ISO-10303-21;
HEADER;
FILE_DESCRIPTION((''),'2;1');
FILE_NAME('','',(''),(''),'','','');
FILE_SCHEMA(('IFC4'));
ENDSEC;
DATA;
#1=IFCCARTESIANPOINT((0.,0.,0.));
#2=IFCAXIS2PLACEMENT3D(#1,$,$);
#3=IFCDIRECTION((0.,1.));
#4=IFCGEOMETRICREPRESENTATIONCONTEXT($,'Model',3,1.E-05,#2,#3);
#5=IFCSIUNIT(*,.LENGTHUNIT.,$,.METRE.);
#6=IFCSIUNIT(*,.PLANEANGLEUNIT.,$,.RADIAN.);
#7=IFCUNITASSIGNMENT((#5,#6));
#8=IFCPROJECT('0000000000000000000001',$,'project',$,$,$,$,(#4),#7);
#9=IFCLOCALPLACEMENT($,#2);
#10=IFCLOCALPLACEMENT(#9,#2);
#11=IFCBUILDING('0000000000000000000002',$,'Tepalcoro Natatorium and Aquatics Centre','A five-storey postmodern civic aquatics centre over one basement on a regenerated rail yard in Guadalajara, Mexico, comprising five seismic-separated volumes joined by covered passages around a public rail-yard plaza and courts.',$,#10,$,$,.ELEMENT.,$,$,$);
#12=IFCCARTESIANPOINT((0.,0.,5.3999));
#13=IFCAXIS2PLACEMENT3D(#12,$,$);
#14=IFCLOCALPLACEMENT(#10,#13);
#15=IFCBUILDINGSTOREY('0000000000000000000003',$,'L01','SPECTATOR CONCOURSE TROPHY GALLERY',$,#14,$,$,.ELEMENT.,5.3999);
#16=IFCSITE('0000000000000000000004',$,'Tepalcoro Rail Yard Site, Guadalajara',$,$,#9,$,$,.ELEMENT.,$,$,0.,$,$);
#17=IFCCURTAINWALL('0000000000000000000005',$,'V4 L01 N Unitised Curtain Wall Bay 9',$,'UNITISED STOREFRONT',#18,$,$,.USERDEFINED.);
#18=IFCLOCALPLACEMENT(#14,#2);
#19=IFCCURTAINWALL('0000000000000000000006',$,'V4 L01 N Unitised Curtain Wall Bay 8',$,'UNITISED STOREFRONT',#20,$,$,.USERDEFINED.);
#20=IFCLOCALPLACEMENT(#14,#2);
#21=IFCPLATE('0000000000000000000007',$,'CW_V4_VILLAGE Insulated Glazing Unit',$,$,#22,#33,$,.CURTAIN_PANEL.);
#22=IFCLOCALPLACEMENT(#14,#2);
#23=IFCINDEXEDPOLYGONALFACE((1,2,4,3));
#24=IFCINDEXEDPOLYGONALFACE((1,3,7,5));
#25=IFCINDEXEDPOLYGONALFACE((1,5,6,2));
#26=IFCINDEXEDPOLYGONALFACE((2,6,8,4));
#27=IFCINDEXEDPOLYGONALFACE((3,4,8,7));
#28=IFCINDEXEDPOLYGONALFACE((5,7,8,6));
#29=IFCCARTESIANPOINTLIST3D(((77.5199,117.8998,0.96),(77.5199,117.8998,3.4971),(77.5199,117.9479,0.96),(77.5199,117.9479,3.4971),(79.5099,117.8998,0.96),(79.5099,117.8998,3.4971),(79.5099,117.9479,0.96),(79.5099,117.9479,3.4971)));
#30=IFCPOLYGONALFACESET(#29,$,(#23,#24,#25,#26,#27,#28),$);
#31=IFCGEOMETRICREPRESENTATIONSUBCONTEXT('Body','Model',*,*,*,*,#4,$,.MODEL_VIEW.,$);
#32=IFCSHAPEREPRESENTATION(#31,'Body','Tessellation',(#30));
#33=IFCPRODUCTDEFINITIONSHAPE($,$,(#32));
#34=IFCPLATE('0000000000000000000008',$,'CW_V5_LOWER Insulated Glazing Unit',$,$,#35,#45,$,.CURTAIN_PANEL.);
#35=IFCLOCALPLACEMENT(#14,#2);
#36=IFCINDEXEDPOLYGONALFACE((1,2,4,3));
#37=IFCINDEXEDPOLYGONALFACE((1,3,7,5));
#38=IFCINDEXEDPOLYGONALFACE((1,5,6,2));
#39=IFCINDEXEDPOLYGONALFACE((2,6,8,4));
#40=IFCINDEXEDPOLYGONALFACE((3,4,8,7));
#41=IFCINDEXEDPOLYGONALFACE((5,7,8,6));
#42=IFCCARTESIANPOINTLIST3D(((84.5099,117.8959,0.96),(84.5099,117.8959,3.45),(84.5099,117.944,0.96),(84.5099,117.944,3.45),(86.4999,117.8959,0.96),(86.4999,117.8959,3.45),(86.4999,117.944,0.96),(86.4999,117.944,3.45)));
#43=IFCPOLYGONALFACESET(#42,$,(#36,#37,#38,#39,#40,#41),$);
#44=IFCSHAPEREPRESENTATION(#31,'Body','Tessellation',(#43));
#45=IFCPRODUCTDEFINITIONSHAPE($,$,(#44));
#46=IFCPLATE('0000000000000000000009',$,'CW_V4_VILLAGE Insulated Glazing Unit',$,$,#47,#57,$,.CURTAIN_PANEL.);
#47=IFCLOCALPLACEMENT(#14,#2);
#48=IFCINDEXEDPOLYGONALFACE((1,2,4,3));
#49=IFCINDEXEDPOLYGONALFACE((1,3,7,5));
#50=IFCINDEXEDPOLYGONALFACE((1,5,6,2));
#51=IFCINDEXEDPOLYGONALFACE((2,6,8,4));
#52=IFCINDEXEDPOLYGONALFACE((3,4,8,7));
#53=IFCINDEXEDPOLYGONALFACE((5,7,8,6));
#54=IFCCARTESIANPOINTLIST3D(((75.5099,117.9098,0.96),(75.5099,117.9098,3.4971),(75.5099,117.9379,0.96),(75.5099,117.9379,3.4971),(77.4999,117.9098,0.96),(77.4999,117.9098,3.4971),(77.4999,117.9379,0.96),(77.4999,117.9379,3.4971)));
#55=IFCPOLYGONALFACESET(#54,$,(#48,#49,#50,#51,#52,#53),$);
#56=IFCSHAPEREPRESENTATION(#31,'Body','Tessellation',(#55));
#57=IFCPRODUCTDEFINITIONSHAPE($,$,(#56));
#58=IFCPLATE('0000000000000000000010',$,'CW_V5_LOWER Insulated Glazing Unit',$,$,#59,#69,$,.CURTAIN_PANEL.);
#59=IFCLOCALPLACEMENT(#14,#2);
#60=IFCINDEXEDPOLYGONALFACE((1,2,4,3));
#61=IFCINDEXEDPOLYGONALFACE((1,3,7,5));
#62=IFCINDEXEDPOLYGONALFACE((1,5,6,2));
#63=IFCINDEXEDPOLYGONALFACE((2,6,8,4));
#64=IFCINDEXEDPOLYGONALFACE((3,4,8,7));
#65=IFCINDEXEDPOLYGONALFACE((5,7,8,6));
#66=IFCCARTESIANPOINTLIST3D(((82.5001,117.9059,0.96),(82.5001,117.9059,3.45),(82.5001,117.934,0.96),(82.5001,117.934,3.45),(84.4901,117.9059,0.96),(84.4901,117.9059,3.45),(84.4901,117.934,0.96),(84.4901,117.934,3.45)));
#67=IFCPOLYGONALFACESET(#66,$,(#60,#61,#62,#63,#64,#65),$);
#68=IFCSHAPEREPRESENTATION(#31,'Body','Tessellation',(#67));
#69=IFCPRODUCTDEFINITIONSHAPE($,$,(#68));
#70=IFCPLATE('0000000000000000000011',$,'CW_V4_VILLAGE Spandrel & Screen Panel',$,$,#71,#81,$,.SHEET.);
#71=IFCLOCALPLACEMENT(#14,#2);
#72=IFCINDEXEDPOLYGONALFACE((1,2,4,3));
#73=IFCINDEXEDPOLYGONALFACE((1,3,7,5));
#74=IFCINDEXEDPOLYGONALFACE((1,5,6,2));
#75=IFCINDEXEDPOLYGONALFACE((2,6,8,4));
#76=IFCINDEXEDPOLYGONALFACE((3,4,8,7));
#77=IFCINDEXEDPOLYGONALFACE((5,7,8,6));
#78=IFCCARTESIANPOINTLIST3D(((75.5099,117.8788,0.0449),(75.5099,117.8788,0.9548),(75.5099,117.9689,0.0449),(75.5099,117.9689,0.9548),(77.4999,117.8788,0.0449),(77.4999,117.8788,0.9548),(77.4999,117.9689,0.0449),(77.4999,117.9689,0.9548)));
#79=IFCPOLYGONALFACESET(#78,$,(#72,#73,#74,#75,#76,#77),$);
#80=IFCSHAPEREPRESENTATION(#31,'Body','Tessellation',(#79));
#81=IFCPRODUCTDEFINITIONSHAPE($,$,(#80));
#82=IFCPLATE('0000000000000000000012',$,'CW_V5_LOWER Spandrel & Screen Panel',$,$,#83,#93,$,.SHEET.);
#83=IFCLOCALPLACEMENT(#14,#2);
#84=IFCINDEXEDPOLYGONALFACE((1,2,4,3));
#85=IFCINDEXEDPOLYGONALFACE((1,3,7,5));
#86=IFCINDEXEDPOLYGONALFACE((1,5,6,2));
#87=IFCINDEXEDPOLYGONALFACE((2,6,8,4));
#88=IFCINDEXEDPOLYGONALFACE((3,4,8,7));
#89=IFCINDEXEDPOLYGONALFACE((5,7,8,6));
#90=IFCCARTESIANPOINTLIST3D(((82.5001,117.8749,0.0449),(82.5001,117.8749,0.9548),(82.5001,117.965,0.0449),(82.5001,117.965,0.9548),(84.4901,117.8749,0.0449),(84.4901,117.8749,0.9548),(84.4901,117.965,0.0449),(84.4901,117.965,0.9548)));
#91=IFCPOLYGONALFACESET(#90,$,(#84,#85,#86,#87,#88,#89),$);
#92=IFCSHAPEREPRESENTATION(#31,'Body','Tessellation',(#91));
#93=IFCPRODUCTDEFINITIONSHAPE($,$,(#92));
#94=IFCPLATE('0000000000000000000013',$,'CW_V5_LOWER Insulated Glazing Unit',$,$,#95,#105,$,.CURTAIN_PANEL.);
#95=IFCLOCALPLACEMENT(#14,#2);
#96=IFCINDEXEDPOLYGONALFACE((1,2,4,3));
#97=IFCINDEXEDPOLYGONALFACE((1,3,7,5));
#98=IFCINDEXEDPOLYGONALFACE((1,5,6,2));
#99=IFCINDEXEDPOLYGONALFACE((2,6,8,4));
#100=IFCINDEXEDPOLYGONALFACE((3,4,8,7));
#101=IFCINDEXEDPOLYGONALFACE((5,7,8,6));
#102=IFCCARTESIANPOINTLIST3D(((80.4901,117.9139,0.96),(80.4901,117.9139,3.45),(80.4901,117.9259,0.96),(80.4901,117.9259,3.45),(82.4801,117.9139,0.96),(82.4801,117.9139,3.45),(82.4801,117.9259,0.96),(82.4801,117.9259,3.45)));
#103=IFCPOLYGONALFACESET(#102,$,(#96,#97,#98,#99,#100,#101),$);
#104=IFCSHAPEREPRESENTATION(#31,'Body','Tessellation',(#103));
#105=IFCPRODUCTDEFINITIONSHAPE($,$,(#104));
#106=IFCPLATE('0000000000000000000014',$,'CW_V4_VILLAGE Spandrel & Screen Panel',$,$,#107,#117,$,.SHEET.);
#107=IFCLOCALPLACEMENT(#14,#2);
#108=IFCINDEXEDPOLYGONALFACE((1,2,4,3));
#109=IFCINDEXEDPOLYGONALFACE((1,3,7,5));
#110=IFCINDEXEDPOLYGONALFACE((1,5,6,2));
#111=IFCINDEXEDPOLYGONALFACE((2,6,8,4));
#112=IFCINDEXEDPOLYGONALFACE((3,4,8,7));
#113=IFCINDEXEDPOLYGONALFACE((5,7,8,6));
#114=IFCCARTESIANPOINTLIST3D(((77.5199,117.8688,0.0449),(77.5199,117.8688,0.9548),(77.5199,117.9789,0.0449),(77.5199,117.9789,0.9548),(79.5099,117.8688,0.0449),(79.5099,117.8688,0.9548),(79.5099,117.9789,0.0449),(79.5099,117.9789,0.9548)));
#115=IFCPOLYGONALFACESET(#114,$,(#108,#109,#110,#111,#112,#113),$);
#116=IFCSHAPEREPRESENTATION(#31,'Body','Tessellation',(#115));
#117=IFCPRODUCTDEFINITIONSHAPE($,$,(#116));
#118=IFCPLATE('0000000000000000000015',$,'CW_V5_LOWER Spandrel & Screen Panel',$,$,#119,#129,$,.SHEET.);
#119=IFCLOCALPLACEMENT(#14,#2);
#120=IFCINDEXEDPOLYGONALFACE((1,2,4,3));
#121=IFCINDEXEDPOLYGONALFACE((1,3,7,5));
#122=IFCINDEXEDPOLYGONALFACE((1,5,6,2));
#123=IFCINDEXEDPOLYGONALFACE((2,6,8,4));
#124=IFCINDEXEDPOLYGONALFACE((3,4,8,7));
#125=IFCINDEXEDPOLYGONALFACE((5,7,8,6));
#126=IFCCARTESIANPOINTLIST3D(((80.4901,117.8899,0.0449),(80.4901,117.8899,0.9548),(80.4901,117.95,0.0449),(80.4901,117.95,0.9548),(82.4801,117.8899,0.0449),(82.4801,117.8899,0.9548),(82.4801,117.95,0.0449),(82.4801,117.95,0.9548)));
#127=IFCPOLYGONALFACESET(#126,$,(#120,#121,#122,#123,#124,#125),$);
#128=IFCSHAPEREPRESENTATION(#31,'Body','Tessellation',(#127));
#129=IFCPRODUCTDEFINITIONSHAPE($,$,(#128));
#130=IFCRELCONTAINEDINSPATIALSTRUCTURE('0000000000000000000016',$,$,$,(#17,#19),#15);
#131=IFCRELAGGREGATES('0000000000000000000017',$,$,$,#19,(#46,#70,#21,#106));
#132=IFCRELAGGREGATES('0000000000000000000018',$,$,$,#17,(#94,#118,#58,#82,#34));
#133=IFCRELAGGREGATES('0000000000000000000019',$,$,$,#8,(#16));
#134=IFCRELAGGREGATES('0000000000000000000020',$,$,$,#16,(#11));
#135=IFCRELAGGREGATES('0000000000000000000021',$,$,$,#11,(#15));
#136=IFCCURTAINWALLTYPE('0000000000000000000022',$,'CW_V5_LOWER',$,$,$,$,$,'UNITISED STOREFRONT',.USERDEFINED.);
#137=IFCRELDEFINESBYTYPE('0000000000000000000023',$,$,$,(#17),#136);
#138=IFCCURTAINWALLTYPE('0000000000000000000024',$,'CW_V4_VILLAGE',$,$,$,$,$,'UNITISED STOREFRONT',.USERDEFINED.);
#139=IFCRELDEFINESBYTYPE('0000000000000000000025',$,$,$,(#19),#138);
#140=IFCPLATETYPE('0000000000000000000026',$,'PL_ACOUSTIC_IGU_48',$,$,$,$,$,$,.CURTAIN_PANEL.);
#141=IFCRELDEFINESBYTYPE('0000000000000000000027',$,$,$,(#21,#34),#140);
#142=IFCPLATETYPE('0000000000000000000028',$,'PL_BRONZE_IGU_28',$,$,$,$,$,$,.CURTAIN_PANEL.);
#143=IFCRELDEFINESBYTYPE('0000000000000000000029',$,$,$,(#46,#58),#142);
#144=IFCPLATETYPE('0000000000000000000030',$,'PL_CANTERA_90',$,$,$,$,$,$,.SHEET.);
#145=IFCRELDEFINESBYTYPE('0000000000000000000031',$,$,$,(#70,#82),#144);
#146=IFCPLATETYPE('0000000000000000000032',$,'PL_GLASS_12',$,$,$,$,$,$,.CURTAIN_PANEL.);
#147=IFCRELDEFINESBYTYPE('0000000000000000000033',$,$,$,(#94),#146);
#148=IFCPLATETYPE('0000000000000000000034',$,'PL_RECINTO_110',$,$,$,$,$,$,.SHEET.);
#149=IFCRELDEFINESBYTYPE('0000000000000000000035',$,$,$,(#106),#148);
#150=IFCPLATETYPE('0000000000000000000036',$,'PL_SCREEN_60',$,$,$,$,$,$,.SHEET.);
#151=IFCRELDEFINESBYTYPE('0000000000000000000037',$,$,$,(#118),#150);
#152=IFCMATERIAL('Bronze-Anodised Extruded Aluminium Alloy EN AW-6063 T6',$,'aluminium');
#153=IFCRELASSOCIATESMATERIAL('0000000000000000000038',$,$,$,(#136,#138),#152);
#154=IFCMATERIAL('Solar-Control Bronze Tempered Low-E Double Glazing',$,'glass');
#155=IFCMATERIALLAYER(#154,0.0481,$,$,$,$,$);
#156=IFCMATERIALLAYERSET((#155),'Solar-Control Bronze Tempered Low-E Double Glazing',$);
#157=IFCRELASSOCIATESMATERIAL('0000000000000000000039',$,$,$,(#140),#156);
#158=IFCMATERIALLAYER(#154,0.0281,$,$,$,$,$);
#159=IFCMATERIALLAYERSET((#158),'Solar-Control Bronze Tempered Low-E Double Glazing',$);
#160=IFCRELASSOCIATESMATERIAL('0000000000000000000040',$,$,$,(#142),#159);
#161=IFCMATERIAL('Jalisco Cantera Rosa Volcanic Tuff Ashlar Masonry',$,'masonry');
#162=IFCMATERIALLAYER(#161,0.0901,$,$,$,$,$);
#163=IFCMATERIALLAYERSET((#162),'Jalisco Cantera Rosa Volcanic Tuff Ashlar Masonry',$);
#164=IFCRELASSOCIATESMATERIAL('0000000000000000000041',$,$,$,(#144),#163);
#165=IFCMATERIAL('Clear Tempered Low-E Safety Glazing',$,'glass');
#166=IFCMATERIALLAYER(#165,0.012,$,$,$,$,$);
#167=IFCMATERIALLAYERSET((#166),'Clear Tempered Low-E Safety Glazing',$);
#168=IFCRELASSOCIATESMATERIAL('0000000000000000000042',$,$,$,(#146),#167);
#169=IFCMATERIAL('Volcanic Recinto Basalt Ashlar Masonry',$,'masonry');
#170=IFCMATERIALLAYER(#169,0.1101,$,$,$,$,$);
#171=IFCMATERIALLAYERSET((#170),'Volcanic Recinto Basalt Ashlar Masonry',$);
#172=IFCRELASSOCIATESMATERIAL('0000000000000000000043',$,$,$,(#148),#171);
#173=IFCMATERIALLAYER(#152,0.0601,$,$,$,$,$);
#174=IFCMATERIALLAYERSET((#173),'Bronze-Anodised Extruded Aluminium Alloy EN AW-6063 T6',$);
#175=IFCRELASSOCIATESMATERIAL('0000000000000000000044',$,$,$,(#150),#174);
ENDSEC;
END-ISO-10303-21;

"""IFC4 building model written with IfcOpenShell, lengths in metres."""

from ifc_helpers import new_model, si_unit, direction, frame, origin, origin_2d, place, context, subcontext, project, spatial, rectangle, extrude, material, layer, layer_set, type_object, element, aggregate, save


model = new_model("IFC4")

# Units and contexts
model_context = context("Model", 3, precision=1e-05, world=origin(), true_north=direction((0.0, 1.0)))
body_context = subcontext(model_context, "Body", "Model", "MODEL_VIEW")
ifc_project = project(units=[si_unit("LENGTHUNIT", "METRE"), si_unit("PLANEANGLEUNIT", "RADIAN")], contexts=[model_context])

# Site, building, storey
site_placement = place(None, origin())
site = spatial("IfcSite", under=ifc_project, at=site_placement, Name="Tepalcoro Rail Yard Site, Guadalajara", CompositionType="ELEMENT", RefElevation=0.0)
building_placement = place(site_placement, origin())
building = spatial("IfcBuilding", under=site, at=building_placement, Name="Tepalcoro Natatorium and Aquatics Centre", Description="A five-storey postmodern civic aquatics centre over one basement on a regenerated rail yard in Guadalajara, Mexico, comprising five seismic-separated volumes joined by covered passages around a public rail-yard plaza and courts.", CompositionType="ELEMENT")
storey_placement = place(building_placement, frame((0.0, 0.0, 5.3999)))
storey = spatial("IfcBuildingStorey", under=building, at=storey_placement, Name="L01", Description="SPECTATOR CONCOURSE TROPHY GALLERY", CompositionType="ELEMENT", Elevation=5.3999)

# Curtain walls
ifc_material_1 = material(Name="Bronze-Anodised Extruded Aluminium Alloy EN AW-6063 T6", Category="aluminium")
curtain_wall_type_1 = type_object("IfcCurtainWallType", Name="CW_V5_LOWER", ElementType="UNITISED STOREFRONT", PredefinedType="USERDEFINED", material=ifc_material_1)
curtain_wall_1_placement = place(storey_placement, origin())
curtain_wall_1 = element("IfcCurtainWall", 1, at=curtain_wall_1_placement, inside=storey, type_object=curtain_wall_type_1, Name="V4 L01 N Unitised Curtain Wall Bay 9", ObjectType="UNITISED STOREFRONT", PredefinedType="USERDEFINED")
curtain_wall_type_2 = type_object("IfcCurtainWallType", Name="CW_V4_VILLAGE", ElementType="UNITISED STOREFRONT", PredefinedType="USERDEFINED", material=ifc_material_1)
curtain_wall_2_placement = place(storey_placement, origin())
curtain_wall_2 = element("IfcCurtainWall", 2, at=curtain_wall_2_placement, inside=storey, type_object=curtain_wall_type_2, Name="V4 L01 N Unitised Curtain Wall Bay 8", ObjectType="UNITISED STOREFRONT", PredefinedType="USERDEFINED")

# Plates
ifc_material_2 = material(Name="Solar-Control Bronze Tempered Low-E Double Glazing", Category="glass")
ifc_layer_1 = layer(ifc_material_2, 0.0481)
ifc_layer_set_1 = layer_set([ifc_layer_1], Name="Solar-Control Bronze Tempered Low-E Double Glazing")
plate_type_1 = type_object("IfcPlateType", Name="PL_ACOUSTIC_IGU_48", PredefinedType="CURTAIN_PANEL", material=ifc_layer_set_1)
plate_1_placement = place(storey_placement, frame((78.5149, 117.9238, 0.96), z_axis=(0.0, 0.0, 1.0), x_axis=(1.0, 0.0, 0.0)))
plate_1 = element("IfcPlate", 3, at=plate_1_placement, type_object=plate_type_1, Name="CW_V4_VILLAGE Insulated Glazing Unit", PredefinedType="CURTAIN_PANEL", context=body_context, shape_type="SweptSolid", body=[
    extrude(rectangle(XDim=1.99, YDim=0.0481, at=origin_2d()), origin(), (0.0, 0.0, 1.0), 2.5371),
])
plate_2_placement = place(storey_placement, frame((85.5049, 117.9199, 0.96), z_axis=(0.0, 0.0, 1.0), x_axis=(1.0, 0.0, 0.0)))
plate_2 = element("IfcPlate", 4, at=plate_2_placement, type_object=plate_type_1, Name="CW_V5_LOWER Insulated Glazing Unit", PredefinedType="CURTAIN_PANEL", context=body_context, shape_type="SweptSolid", body=[
    extrude(rectangle(XDim=1.99, YDim=0.0481, at=origin_2d()), origin(), (0.0, 0.0, 1.0), 2.49),
])
ifc_layer_2 = layer(ifc_material_2, 0.0281)
ifc_layer_set_2 = layer_set([ifc_layer_2], Name="Solar-Control Bronze Tempered Low-E Double Glazing")
plate_type_2 = type_object("IfcPlateType", Name="PL_BRONZE_IGU_28", PredefinedType="CURTAIN_PANEL", material=ifc_layer_set_2)
plate_3_placement = place(storey_placement, frame((76.5049, 117.9238, 0.96), z_axis=(0.0, 0.0, 1.0), x_axis=(1.0, 0.0, 0.0)))
plate_3 = element("IfcPlate", 5, at=plate_3_placement, type_object=plate_type_2, Name="CW_V4_VILLAGE Insulated Glazing Unit", PredefinedType="CURTAIN_PANEL", context=body_context, shape_type="SweptSolid", body=[
    extrude(rectangle(XDim=1.99, YDim=0.0281, at=origin_2d()), origin(), (0.0, 0.0, 1.0), 2.5371),
])
plate_4_placement = place(storey_placement, frame((83.4951, 117.9199, 0.96), z_axis=(0.0, 0.0, 1.0), x_axis=(1.0, 0.0, 0.0)))
plate_4 = element("IfcPlate", 6, at=plate_4_placement, type_object=plate_type_2, Name="CW_V5_LOWER Insulated Glazing Unit", PredefinedType="CURTAIN_PANEL", context=body_context, shape_type="SweptSolid", body=[
    extrude(rectangle(XDim=1.99, YDim=0.0281, at=origin_2d()), origin(), (0.0, 0.0, 1.0), 2.49),
])
ifc_material_3 = material(Name="Jalisco Cantera Rosa Volcanic Tuff Ashlar Masonry", Category="masonry")
ifc_layer_3 = layer(ifc_material_3, 0.0901)
ifc_layer_set_3 = layer_set([ifc_layer_3], Name="Jalisco Cantera Rosa Volcanic Tuff Ashlar Masonry")
plate_type_3 = type_object("IfcPlateType", Name="PL_CANTERA_90", PredefinedType="SHEET", material=ifc_layer_set_3)
plate_5_placement = place(storey_placement, frame((76.5049, 117.9238, 0.0449), z_axis=(0.0, 0.0, 1.0), x_axis=(1.0, 0.0, 0.0)))
plate_5 = element("IfcPlate", 7, at=plate_5_placement, type_object=plate_type_3, Name="CW_V4_VILLAGE Spandrel & Screen Panel", PredefinedType="SHEET", context=body_context, shape_type="SweptSolid", body=[
    extrude(rectangle(XDim=1.99, YDim=0.0901, at=origin_2d()), origin(), (0.0, 0.0, 1.0), 0.9099),
])
plate_6_placement = place(storey_placement, frame((83.4951, 117.9199, 0.0449), z_axis=(0.0, 0.0, 1.0), x_axis=(1.0, 0.0, 0.0)))
plate_6 = element("IfcPlate", 8, at=plate_6_placement, type_object=plate_type_3, Name="CW_V5_LOWER Spandrel & Screen Panel", PredefinedType="SHEET", context=body_context, shape_type="SweptSolid", body=[
    extrude(rectangle(XDim=1.99, YDim=0.0901, at=origin_2d()), origin(), (0.0, 0.0, 1.0), 0.9099),
])
ifc_material_4 = material(Name="Clear Tempered Low-E Safety Glazing", Category="glass")
ifc_layer_4 = layer(ifc_material_4, 0.012)
ifc_layer_set_4 = layer_set([ifc_layer_4], Name="Clear Tempered Low-E Safety Glazing")
plate_type_4 = type_object("IfcPlateType", Name="PL_GLASS_12", PredefinedType="CURTAIN_PANEL", material=ifc_layer_set_4)
plate_7_placement = place(storey_placement, frame((81.4851, 117.9199, 0.96), z_axis=(0.0, 0.0, 1.0), x_axis=(1.0, 0.0, 0.0)))
plate_7 = element("IfcPlate", 9, at=plate_7_placement, type_object=plate_type_4, Name="CW_V5_LOWER Insulated Glazing Unit", PredefinedType="CURTAIN_PANEL", context=body_context, shape_type="SweptSolid", body=[
    extrude(rectangle(XDim=1.99, YDim=0.012, at=origin_2d()), origin(), (0.0, 0.0, 1.0), 2.49),
])
ifc_material_5 = material(Name="Volcanic Recinto Basalt Ashlar Masonry", Category="masonry")
ifc_layer_5 = layer(ifc_material_5, 0.1101)
ifc_layer_set_5 = layer_set([ifc_layer_5], Name="Volcanic Recinto Basalt Ashlar Masonry")
plate_type_5 = type_object("IfcPlateType", Name="PL_RECINTO_110", PredefinedType="SHEET", material=ifc_layer_set_5)
plate_8_placement = place(storey_placement, frame((78.5149, 117.9238, 0.0449), z_axis=(0.0, 0.0, 1.0), x_axis=(1.0, 0.0, 0.0)))
plate_8 = element("IfcPlate", 10, at=plate_8_placement, type_object=plate_type_5, Name="CW_V4_VILLAGE Spandrel & Screen Panel", PredefinedType="SHEET", context=body_context, shape_type="SweptSolid", body=[
    extrude(rectangle(XDim=1.99, YDim=0.1101, at=origin_2d()), origin(), (0.0, 0.0, 1.0), 0.9099),
])
aggregate(curtain_wall_2, [plate_3, plate_5, plate_1, plate_8])
ifc_layer_6 = layer(ifc_material_1, 0.0601)
ifc_layer_set_6 = layer_set([ifc_layer_6], Name="Bronze-Anodised Extruded Aluminium Alloy EN AW-6063 T6")
plate_type_6 = type_object("IfcPlateType", Name="PL_SCREEN_60", PredefinedType="SHEET", material=ifc_layer_set_6)
plate_9_placement = place(storey_placement, frame((81.4851, 117.9199, 0.0449), z_axis=(0.0, 0.0, 1.0), x_axis=(1.0, 0.0, 0.0)))
plate_9 = element("IfcPlate", 11, at=plate_9_placement, type_object=plate_type_6, Name="CW_V5_LOWER Spandrel & Screen Panel", PredefinedType="SHEET", context=body_context, shape_type="SweptSolid", body=[
    extrude(rectangle(XDim=1.99, YDim=0.0601, at=origin_2d()), origin(), (0.0, 0.0, 1.0), 0.9099),
])
aggregate(curtain_wall_1, [plate_7, plate_9, plate_4, plate_6, plate_2])

save(model, "model.ifc")
